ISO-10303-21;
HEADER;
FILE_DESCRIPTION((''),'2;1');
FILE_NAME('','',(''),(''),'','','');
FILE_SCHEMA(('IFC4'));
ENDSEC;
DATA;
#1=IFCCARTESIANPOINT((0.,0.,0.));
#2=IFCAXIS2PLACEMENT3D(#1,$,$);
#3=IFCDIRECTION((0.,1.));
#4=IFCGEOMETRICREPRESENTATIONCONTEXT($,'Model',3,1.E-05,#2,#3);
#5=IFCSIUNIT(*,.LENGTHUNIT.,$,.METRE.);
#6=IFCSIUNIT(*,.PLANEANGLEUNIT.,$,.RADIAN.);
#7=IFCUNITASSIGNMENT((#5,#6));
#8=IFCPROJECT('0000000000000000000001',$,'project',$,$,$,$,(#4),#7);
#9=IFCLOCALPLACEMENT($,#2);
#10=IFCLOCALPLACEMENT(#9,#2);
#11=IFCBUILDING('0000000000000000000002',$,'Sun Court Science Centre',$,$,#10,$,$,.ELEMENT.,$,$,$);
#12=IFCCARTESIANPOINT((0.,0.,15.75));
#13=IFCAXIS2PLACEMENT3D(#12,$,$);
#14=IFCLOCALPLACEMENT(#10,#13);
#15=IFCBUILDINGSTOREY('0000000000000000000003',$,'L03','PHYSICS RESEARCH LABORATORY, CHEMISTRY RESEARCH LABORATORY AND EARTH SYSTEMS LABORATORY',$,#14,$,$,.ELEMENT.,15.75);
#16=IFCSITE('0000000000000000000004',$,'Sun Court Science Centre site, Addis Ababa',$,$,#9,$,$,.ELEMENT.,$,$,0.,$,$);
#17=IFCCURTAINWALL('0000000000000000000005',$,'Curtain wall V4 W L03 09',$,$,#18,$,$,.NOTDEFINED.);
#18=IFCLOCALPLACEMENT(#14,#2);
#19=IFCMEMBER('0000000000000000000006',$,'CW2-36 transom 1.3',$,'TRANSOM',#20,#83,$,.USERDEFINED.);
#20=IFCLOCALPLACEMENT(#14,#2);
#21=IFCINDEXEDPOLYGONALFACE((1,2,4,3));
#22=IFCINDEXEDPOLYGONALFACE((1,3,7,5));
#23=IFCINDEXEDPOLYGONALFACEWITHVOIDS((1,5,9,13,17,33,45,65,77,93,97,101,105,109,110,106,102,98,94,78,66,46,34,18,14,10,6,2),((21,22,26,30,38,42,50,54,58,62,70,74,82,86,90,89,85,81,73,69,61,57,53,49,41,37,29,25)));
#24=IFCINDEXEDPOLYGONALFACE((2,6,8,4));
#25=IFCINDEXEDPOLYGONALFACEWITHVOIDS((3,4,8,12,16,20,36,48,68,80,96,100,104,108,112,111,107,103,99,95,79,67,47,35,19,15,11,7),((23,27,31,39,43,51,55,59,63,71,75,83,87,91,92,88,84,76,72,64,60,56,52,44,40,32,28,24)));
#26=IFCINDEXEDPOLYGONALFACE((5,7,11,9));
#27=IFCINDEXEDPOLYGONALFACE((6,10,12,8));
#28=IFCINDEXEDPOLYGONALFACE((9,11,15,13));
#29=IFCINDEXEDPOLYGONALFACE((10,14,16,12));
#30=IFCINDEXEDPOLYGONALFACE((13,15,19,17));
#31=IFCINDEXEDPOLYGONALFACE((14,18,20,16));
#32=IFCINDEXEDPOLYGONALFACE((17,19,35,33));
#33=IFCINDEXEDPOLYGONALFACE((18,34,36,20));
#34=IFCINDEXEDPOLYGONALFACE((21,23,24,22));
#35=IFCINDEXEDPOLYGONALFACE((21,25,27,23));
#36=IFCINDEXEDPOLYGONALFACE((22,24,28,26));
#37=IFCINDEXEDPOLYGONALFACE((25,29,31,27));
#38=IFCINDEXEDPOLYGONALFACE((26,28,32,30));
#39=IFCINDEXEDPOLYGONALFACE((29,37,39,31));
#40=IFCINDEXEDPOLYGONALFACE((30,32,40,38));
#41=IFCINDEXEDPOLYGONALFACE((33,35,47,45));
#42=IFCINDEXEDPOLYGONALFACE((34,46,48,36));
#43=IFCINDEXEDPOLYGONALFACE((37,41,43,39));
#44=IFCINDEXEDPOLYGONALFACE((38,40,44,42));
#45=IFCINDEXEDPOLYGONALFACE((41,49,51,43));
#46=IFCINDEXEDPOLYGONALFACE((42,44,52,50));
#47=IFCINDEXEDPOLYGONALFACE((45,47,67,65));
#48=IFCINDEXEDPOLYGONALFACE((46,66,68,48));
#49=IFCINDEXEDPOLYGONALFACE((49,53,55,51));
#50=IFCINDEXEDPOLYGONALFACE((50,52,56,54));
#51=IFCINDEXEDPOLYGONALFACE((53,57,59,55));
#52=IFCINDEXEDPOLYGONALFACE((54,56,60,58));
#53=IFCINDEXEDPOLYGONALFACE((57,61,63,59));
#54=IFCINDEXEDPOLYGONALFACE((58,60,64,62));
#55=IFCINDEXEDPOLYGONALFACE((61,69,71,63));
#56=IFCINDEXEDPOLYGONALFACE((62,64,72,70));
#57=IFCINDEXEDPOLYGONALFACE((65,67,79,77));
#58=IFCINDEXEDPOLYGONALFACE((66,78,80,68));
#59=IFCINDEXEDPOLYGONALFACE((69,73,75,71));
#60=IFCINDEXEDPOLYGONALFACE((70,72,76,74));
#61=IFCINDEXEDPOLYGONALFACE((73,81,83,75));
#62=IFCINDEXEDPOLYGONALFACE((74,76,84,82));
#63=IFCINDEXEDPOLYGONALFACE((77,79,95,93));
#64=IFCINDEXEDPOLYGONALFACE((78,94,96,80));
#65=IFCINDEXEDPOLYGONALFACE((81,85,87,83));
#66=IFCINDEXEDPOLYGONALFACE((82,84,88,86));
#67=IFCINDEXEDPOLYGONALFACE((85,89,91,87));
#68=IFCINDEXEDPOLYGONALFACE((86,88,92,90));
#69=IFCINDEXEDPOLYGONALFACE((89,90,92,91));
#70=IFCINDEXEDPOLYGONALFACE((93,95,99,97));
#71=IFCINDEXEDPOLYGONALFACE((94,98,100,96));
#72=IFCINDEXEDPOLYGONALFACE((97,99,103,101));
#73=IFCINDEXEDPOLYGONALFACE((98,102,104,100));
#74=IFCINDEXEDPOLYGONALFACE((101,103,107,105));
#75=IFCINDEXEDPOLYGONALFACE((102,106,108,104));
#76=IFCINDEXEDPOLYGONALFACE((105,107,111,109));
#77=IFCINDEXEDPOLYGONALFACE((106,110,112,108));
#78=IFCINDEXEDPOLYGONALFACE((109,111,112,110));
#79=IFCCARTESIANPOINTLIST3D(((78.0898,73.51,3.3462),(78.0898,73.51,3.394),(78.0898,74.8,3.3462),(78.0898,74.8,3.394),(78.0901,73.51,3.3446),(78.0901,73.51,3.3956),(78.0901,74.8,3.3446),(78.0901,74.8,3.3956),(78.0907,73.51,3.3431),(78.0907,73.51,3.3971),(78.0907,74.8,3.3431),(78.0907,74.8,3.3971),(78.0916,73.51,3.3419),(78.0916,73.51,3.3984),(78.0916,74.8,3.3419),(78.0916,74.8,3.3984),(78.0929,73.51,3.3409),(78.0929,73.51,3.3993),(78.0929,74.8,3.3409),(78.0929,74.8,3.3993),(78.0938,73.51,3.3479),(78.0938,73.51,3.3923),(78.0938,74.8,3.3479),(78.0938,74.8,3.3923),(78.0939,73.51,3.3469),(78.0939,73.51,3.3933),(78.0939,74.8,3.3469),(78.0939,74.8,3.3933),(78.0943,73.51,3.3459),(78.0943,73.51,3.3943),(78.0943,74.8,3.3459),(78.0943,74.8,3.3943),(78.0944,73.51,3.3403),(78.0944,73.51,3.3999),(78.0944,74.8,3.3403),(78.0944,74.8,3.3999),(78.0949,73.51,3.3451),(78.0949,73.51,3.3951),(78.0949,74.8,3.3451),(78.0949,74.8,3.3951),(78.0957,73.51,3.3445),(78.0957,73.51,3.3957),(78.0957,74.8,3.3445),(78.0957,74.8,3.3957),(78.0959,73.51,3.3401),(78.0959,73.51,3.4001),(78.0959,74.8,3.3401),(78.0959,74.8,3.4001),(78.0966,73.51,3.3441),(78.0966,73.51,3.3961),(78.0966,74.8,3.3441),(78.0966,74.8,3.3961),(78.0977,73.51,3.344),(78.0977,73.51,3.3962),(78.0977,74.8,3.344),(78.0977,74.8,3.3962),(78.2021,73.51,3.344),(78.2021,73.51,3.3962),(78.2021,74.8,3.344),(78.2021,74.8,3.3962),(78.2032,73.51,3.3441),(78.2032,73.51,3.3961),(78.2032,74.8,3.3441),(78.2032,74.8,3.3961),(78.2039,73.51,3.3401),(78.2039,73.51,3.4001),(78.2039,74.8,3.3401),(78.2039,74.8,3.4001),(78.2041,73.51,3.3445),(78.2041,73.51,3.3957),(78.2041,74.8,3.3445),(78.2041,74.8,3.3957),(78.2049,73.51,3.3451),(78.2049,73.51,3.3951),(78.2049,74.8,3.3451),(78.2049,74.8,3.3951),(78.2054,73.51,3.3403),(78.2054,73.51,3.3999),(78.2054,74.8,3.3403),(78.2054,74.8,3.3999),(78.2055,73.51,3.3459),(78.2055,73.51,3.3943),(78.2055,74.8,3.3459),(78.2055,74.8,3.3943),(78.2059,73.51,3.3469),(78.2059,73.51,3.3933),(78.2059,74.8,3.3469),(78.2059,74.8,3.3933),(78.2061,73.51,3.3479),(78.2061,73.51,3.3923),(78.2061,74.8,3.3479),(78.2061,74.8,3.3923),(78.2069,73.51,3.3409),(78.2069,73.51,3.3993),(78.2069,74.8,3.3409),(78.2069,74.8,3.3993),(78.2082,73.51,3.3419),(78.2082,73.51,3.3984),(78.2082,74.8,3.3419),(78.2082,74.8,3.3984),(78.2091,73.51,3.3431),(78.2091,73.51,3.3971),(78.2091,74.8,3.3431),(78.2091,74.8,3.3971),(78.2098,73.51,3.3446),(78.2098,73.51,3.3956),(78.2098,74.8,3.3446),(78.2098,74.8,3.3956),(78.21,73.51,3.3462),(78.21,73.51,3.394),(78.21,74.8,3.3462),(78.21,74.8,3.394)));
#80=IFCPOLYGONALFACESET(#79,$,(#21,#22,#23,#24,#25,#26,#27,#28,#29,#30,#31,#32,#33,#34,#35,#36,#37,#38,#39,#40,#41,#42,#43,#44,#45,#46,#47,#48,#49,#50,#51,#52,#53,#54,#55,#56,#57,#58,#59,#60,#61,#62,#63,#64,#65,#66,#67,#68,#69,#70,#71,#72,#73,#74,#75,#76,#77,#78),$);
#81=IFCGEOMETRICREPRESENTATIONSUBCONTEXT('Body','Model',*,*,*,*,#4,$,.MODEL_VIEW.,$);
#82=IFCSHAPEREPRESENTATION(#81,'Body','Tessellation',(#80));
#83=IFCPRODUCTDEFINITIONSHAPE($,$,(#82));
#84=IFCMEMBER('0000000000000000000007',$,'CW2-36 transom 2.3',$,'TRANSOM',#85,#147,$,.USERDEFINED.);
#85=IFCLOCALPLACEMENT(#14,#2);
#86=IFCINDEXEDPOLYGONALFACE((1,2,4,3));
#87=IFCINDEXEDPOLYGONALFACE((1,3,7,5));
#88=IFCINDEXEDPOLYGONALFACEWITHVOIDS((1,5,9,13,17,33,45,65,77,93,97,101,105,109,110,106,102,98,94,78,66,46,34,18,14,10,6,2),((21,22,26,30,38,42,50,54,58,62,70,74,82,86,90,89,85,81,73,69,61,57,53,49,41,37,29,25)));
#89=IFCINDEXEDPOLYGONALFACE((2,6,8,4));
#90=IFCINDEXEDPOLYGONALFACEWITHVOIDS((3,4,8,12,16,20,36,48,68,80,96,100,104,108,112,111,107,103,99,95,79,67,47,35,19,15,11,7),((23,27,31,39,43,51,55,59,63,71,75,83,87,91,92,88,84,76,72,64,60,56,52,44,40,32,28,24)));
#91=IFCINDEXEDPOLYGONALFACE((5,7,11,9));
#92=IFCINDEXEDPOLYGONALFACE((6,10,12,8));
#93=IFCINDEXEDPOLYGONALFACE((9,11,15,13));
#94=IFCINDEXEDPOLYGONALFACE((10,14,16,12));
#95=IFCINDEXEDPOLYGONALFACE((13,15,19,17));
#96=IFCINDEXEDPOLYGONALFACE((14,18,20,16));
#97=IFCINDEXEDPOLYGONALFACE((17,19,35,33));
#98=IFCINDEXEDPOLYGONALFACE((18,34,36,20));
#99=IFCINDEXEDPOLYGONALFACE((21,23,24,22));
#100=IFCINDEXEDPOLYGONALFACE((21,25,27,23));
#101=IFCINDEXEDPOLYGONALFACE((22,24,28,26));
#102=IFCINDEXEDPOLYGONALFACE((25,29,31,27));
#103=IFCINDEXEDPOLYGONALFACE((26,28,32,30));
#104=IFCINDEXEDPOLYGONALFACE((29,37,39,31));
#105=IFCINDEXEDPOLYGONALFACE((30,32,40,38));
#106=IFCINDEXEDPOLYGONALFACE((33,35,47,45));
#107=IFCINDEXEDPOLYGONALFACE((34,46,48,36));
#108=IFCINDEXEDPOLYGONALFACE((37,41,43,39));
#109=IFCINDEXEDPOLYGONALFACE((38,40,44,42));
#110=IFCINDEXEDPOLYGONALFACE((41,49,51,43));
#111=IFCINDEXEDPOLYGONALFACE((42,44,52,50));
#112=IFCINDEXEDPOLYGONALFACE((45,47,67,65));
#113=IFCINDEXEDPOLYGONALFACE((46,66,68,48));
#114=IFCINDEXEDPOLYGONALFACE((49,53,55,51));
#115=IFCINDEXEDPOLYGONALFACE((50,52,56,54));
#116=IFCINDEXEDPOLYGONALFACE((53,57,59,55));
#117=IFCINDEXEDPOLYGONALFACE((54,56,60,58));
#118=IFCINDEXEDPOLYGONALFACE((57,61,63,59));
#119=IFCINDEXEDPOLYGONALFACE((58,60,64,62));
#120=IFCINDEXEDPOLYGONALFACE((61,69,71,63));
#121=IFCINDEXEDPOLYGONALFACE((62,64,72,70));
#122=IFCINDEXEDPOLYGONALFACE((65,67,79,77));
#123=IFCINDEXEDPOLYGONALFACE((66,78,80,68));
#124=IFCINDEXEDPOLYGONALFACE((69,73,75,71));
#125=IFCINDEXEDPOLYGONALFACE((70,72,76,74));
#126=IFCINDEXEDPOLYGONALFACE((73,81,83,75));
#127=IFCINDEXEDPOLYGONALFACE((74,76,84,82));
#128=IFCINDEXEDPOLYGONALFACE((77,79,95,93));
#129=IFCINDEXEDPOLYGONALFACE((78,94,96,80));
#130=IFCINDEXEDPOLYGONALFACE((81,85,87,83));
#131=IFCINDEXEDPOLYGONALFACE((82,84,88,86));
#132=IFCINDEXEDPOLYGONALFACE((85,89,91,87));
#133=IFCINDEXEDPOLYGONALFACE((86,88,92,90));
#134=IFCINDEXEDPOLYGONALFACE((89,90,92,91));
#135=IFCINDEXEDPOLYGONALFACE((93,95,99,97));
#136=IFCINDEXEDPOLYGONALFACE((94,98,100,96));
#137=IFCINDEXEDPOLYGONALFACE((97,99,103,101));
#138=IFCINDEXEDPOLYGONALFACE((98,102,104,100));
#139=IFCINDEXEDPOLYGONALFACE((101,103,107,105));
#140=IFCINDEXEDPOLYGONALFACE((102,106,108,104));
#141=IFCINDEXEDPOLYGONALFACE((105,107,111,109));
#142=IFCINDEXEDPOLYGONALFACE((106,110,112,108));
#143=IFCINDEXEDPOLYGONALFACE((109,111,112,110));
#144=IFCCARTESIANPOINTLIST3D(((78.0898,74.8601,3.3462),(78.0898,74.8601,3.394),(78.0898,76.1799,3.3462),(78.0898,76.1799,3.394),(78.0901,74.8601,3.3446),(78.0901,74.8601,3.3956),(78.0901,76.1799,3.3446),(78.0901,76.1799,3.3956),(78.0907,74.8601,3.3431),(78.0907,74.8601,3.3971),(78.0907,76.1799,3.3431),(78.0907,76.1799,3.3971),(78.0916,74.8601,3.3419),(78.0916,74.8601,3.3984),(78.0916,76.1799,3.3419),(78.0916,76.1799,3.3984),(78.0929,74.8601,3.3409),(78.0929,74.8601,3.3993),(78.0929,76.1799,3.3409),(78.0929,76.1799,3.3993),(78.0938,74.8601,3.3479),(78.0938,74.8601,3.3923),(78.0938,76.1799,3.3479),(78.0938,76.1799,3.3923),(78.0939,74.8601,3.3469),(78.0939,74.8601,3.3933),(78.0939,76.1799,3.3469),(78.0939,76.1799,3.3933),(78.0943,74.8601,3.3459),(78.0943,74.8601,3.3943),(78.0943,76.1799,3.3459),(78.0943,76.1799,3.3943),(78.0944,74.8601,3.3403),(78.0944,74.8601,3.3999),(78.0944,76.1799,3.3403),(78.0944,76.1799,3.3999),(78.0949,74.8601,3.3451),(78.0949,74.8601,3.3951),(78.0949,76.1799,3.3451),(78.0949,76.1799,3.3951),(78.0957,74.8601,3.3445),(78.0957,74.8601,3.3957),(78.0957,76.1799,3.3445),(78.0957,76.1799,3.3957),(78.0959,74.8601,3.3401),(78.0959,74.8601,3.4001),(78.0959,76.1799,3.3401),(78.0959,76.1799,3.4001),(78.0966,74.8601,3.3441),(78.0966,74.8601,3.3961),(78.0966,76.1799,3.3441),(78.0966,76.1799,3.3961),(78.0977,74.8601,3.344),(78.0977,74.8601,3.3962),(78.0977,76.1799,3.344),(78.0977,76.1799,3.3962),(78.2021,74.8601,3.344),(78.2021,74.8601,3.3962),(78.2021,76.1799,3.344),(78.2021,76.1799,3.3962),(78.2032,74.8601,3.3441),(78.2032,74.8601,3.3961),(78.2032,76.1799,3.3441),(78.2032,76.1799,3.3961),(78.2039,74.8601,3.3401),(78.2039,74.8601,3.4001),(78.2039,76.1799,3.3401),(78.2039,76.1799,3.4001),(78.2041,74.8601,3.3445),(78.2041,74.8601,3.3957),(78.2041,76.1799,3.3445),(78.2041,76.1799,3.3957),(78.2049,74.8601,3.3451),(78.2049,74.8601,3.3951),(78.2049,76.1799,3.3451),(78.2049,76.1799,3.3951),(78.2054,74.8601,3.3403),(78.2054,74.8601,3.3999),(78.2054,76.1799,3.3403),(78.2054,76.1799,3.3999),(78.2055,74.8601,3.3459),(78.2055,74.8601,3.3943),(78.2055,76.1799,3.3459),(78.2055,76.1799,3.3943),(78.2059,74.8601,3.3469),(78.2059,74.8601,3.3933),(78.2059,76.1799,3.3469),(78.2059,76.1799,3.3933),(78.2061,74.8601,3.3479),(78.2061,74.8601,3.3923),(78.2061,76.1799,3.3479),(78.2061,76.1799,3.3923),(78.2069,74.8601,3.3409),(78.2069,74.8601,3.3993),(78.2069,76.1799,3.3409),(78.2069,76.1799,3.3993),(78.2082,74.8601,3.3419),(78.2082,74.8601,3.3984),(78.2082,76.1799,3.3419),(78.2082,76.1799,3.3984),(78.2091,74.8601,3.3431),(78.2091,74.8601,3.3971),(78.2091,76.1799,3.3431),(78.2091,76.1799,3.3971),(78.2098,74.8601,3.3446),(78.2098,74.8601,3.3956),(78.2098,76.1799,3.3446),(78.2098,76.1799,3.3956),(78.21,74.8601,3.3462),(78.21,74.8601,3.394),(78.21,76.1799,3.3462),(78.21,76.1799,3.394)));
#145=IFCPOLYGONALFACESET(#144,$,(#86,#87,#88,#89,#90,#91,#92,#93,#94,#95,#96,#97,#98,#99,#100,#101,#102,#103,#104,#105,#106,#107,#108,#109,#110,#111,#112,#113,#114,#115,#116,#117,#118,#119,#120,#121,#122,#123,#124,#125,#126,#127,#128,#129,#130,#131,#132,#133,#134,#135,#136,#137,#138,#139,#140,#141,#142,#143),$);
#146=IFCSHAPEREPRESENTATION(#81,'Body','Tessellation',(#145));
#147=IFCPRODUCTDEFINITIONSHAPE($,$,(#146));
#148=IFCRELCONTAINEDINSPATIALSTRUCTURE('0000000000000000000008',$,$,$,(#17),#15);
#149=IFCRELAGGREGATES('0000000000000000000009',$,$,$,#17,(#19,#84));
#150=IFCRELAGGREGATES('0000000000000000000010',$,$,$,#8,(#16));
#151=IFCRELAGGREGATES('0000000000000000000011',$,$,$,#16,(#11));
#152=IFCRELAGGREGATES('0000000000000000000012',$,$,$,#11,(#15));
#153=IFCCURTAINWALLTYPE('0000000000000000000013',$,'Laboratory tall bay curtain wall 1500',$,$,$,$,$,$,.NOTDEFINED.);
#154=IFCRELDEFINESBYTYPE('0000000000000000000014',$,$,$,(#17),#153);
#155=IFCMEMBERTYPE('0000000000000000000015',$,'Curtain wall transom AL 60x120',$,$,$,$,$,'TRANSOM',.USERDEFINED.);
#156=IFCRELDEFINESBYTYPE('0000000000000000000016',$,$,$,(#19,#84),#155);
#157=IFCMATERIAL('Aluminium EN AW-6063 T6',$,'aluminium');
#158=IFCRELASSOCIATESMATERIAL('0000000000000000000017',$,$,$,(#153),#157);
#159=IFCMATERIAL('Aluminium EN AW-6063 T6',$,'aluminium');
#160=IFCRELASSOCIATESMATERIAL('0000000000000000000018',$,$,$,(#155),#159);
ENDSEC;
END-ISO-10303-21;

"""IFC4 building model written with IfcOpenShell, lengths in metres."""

from ifc_helpers import new_model, si_unit, direction, frame, origin, origin_2d, place, context, subcontext, project, spatial, hollow_rectangle, extrude, material, material_profile, profile_set, type_object, element, aggregate, save


model = new_model("IFC4")

# Units and contexts
model_context = context("Model", 3, precision=1e-05, world=origin(), true_north=direction((0.0, 1.0)))
body_context = subcontext(model_context, "Body", "Model", "MODEL_VIEW")
ifc_project = project(units=[si_unit("LENGTHUNIT", "METRE"), si_unit("PLANEANGLEUNIT", "RADIAN")], contexts=[model_context])

# Site, building, storey
site_placement = place(None, origin())
site = spatial("IfcSite", under=ifc_project, at=site_placement, Name="Sun Court Science Centre site, Addis Ababa", CompositionType="ELEMENT", RefElevation=0.0)
building_placement = place(site_placement, origin())
building = spatial("IfcBuilding", under=site, at=building_placement, Name="Sun Court Science Centre", CompositionType="ELEMENT")
storey_placement = place(building_placement, frame((0.0, 0.0, 15.75)))
storey = spatial("IfcBuildingStorey", under=building, at=storey_placement, Name="L03", Description="PHYSICS RESEARCH LABORATORY, CHEMISTRY RESEARCH LABORATORY AND EARTH SYSTEMS LABORATORY", CompositionType="ELEMENT", Elevation=15.75)

# Shared definitions
ifc_material_1 = material(Name="Aluminium EN AW-6063 T6", Category="aluminium")
curtain_wall_type = type_object("IfcCurtainWallType", Name="Laboratory tall bay curtain wall 1500", PredefinedType="NOTDEFINED", material=ifc_material_1)

# Curtain wall
curtain_wall_1_placement = place(storey_placement, origin())
curtain_wall_1 = element("IfcCurtainWall", 1, at=curtain_wall_1_placement, inside=storey, type_object=curtain_wall_type, Name="Curtain wall V4 W L03 09", PredefinedType="NOTDEFINED")

# Members
ifc_material_2 = material(Name="Aluminium EN AW-6063 T6", Category="aluminium")
ifc_material_profile_1 = material_profile(ifc_material_2, hollow_rectangle(XDim=0.0601, YDim=0.1201, WallThickness=0.0039, InnerFilletRadius=0.0039, OuterFilletRadius=0.0061, at=origin_2d()), Name="AL 60x120x4")
ifc_profile_set_1 = profile_set([ifc_material_profile_1], Name="Aluminium EN AW-6063 T6")
member_type_1 = type_object("IfcMemberType", Name="Curtain wall transom AL 60x120", ElementType="TRANSOM", PredefinedType="USERDEFINED", material=ifc_profile_set_1)
member_1_placement = place(storey_placement, frame((78.1499, 73.51, 3.3701), z_axis=(0.0, 1.0, 0.0), x_axis=(0.0, 0.0, 1.0)))
member_1 = element("IfcMember", 2, at=member_1_placement, type_object=member_type_1, Name="CW2-36 transom 1.3", ObjectType="TRANSOM", PredefinedType="USERDEFINED", context=body_context, shape_type="SweptSolid", body=[
    extrude(hollow_rectangle(XDim=0.0601, YDim=0.1201, WallThickness=0.0039, InnerFilletRadius=0.0039, OuterFilletRadius=0.0061, at=origin_2d()), origin(), (0.0, 0.0, 1.0), 1.29),
])
member_2_placement = place(storey_placement, frame((78.1499, 74.8601, 3.3701), z_axis=(0.0, 1.0, 0.0), x_axis=(0.0, 0.0, 1.0)))
member_2 = element("IfcMember", 3, at=member_2_placement, type_object=member_type_1, Name="CW2-36 transom 2.3", ObjectType="TRANSOM", PredefinedType="USERDEFINED", context=body_context, shape_type="SweptSolid", body=[
    extrude(hollow_rectangle(XDim=0.0601, YDim=0.1201, WallThickness=0.0039, InnerFilletRadius=0.0039, OuterFilletRadius=0.0061, at=origin_2d()), origin(), (0.0, 0.0, 1.0), 1.3198),
])

aggregate(curtain_wall_1, [member_1, member_2])

save(model, "model.ifc")
